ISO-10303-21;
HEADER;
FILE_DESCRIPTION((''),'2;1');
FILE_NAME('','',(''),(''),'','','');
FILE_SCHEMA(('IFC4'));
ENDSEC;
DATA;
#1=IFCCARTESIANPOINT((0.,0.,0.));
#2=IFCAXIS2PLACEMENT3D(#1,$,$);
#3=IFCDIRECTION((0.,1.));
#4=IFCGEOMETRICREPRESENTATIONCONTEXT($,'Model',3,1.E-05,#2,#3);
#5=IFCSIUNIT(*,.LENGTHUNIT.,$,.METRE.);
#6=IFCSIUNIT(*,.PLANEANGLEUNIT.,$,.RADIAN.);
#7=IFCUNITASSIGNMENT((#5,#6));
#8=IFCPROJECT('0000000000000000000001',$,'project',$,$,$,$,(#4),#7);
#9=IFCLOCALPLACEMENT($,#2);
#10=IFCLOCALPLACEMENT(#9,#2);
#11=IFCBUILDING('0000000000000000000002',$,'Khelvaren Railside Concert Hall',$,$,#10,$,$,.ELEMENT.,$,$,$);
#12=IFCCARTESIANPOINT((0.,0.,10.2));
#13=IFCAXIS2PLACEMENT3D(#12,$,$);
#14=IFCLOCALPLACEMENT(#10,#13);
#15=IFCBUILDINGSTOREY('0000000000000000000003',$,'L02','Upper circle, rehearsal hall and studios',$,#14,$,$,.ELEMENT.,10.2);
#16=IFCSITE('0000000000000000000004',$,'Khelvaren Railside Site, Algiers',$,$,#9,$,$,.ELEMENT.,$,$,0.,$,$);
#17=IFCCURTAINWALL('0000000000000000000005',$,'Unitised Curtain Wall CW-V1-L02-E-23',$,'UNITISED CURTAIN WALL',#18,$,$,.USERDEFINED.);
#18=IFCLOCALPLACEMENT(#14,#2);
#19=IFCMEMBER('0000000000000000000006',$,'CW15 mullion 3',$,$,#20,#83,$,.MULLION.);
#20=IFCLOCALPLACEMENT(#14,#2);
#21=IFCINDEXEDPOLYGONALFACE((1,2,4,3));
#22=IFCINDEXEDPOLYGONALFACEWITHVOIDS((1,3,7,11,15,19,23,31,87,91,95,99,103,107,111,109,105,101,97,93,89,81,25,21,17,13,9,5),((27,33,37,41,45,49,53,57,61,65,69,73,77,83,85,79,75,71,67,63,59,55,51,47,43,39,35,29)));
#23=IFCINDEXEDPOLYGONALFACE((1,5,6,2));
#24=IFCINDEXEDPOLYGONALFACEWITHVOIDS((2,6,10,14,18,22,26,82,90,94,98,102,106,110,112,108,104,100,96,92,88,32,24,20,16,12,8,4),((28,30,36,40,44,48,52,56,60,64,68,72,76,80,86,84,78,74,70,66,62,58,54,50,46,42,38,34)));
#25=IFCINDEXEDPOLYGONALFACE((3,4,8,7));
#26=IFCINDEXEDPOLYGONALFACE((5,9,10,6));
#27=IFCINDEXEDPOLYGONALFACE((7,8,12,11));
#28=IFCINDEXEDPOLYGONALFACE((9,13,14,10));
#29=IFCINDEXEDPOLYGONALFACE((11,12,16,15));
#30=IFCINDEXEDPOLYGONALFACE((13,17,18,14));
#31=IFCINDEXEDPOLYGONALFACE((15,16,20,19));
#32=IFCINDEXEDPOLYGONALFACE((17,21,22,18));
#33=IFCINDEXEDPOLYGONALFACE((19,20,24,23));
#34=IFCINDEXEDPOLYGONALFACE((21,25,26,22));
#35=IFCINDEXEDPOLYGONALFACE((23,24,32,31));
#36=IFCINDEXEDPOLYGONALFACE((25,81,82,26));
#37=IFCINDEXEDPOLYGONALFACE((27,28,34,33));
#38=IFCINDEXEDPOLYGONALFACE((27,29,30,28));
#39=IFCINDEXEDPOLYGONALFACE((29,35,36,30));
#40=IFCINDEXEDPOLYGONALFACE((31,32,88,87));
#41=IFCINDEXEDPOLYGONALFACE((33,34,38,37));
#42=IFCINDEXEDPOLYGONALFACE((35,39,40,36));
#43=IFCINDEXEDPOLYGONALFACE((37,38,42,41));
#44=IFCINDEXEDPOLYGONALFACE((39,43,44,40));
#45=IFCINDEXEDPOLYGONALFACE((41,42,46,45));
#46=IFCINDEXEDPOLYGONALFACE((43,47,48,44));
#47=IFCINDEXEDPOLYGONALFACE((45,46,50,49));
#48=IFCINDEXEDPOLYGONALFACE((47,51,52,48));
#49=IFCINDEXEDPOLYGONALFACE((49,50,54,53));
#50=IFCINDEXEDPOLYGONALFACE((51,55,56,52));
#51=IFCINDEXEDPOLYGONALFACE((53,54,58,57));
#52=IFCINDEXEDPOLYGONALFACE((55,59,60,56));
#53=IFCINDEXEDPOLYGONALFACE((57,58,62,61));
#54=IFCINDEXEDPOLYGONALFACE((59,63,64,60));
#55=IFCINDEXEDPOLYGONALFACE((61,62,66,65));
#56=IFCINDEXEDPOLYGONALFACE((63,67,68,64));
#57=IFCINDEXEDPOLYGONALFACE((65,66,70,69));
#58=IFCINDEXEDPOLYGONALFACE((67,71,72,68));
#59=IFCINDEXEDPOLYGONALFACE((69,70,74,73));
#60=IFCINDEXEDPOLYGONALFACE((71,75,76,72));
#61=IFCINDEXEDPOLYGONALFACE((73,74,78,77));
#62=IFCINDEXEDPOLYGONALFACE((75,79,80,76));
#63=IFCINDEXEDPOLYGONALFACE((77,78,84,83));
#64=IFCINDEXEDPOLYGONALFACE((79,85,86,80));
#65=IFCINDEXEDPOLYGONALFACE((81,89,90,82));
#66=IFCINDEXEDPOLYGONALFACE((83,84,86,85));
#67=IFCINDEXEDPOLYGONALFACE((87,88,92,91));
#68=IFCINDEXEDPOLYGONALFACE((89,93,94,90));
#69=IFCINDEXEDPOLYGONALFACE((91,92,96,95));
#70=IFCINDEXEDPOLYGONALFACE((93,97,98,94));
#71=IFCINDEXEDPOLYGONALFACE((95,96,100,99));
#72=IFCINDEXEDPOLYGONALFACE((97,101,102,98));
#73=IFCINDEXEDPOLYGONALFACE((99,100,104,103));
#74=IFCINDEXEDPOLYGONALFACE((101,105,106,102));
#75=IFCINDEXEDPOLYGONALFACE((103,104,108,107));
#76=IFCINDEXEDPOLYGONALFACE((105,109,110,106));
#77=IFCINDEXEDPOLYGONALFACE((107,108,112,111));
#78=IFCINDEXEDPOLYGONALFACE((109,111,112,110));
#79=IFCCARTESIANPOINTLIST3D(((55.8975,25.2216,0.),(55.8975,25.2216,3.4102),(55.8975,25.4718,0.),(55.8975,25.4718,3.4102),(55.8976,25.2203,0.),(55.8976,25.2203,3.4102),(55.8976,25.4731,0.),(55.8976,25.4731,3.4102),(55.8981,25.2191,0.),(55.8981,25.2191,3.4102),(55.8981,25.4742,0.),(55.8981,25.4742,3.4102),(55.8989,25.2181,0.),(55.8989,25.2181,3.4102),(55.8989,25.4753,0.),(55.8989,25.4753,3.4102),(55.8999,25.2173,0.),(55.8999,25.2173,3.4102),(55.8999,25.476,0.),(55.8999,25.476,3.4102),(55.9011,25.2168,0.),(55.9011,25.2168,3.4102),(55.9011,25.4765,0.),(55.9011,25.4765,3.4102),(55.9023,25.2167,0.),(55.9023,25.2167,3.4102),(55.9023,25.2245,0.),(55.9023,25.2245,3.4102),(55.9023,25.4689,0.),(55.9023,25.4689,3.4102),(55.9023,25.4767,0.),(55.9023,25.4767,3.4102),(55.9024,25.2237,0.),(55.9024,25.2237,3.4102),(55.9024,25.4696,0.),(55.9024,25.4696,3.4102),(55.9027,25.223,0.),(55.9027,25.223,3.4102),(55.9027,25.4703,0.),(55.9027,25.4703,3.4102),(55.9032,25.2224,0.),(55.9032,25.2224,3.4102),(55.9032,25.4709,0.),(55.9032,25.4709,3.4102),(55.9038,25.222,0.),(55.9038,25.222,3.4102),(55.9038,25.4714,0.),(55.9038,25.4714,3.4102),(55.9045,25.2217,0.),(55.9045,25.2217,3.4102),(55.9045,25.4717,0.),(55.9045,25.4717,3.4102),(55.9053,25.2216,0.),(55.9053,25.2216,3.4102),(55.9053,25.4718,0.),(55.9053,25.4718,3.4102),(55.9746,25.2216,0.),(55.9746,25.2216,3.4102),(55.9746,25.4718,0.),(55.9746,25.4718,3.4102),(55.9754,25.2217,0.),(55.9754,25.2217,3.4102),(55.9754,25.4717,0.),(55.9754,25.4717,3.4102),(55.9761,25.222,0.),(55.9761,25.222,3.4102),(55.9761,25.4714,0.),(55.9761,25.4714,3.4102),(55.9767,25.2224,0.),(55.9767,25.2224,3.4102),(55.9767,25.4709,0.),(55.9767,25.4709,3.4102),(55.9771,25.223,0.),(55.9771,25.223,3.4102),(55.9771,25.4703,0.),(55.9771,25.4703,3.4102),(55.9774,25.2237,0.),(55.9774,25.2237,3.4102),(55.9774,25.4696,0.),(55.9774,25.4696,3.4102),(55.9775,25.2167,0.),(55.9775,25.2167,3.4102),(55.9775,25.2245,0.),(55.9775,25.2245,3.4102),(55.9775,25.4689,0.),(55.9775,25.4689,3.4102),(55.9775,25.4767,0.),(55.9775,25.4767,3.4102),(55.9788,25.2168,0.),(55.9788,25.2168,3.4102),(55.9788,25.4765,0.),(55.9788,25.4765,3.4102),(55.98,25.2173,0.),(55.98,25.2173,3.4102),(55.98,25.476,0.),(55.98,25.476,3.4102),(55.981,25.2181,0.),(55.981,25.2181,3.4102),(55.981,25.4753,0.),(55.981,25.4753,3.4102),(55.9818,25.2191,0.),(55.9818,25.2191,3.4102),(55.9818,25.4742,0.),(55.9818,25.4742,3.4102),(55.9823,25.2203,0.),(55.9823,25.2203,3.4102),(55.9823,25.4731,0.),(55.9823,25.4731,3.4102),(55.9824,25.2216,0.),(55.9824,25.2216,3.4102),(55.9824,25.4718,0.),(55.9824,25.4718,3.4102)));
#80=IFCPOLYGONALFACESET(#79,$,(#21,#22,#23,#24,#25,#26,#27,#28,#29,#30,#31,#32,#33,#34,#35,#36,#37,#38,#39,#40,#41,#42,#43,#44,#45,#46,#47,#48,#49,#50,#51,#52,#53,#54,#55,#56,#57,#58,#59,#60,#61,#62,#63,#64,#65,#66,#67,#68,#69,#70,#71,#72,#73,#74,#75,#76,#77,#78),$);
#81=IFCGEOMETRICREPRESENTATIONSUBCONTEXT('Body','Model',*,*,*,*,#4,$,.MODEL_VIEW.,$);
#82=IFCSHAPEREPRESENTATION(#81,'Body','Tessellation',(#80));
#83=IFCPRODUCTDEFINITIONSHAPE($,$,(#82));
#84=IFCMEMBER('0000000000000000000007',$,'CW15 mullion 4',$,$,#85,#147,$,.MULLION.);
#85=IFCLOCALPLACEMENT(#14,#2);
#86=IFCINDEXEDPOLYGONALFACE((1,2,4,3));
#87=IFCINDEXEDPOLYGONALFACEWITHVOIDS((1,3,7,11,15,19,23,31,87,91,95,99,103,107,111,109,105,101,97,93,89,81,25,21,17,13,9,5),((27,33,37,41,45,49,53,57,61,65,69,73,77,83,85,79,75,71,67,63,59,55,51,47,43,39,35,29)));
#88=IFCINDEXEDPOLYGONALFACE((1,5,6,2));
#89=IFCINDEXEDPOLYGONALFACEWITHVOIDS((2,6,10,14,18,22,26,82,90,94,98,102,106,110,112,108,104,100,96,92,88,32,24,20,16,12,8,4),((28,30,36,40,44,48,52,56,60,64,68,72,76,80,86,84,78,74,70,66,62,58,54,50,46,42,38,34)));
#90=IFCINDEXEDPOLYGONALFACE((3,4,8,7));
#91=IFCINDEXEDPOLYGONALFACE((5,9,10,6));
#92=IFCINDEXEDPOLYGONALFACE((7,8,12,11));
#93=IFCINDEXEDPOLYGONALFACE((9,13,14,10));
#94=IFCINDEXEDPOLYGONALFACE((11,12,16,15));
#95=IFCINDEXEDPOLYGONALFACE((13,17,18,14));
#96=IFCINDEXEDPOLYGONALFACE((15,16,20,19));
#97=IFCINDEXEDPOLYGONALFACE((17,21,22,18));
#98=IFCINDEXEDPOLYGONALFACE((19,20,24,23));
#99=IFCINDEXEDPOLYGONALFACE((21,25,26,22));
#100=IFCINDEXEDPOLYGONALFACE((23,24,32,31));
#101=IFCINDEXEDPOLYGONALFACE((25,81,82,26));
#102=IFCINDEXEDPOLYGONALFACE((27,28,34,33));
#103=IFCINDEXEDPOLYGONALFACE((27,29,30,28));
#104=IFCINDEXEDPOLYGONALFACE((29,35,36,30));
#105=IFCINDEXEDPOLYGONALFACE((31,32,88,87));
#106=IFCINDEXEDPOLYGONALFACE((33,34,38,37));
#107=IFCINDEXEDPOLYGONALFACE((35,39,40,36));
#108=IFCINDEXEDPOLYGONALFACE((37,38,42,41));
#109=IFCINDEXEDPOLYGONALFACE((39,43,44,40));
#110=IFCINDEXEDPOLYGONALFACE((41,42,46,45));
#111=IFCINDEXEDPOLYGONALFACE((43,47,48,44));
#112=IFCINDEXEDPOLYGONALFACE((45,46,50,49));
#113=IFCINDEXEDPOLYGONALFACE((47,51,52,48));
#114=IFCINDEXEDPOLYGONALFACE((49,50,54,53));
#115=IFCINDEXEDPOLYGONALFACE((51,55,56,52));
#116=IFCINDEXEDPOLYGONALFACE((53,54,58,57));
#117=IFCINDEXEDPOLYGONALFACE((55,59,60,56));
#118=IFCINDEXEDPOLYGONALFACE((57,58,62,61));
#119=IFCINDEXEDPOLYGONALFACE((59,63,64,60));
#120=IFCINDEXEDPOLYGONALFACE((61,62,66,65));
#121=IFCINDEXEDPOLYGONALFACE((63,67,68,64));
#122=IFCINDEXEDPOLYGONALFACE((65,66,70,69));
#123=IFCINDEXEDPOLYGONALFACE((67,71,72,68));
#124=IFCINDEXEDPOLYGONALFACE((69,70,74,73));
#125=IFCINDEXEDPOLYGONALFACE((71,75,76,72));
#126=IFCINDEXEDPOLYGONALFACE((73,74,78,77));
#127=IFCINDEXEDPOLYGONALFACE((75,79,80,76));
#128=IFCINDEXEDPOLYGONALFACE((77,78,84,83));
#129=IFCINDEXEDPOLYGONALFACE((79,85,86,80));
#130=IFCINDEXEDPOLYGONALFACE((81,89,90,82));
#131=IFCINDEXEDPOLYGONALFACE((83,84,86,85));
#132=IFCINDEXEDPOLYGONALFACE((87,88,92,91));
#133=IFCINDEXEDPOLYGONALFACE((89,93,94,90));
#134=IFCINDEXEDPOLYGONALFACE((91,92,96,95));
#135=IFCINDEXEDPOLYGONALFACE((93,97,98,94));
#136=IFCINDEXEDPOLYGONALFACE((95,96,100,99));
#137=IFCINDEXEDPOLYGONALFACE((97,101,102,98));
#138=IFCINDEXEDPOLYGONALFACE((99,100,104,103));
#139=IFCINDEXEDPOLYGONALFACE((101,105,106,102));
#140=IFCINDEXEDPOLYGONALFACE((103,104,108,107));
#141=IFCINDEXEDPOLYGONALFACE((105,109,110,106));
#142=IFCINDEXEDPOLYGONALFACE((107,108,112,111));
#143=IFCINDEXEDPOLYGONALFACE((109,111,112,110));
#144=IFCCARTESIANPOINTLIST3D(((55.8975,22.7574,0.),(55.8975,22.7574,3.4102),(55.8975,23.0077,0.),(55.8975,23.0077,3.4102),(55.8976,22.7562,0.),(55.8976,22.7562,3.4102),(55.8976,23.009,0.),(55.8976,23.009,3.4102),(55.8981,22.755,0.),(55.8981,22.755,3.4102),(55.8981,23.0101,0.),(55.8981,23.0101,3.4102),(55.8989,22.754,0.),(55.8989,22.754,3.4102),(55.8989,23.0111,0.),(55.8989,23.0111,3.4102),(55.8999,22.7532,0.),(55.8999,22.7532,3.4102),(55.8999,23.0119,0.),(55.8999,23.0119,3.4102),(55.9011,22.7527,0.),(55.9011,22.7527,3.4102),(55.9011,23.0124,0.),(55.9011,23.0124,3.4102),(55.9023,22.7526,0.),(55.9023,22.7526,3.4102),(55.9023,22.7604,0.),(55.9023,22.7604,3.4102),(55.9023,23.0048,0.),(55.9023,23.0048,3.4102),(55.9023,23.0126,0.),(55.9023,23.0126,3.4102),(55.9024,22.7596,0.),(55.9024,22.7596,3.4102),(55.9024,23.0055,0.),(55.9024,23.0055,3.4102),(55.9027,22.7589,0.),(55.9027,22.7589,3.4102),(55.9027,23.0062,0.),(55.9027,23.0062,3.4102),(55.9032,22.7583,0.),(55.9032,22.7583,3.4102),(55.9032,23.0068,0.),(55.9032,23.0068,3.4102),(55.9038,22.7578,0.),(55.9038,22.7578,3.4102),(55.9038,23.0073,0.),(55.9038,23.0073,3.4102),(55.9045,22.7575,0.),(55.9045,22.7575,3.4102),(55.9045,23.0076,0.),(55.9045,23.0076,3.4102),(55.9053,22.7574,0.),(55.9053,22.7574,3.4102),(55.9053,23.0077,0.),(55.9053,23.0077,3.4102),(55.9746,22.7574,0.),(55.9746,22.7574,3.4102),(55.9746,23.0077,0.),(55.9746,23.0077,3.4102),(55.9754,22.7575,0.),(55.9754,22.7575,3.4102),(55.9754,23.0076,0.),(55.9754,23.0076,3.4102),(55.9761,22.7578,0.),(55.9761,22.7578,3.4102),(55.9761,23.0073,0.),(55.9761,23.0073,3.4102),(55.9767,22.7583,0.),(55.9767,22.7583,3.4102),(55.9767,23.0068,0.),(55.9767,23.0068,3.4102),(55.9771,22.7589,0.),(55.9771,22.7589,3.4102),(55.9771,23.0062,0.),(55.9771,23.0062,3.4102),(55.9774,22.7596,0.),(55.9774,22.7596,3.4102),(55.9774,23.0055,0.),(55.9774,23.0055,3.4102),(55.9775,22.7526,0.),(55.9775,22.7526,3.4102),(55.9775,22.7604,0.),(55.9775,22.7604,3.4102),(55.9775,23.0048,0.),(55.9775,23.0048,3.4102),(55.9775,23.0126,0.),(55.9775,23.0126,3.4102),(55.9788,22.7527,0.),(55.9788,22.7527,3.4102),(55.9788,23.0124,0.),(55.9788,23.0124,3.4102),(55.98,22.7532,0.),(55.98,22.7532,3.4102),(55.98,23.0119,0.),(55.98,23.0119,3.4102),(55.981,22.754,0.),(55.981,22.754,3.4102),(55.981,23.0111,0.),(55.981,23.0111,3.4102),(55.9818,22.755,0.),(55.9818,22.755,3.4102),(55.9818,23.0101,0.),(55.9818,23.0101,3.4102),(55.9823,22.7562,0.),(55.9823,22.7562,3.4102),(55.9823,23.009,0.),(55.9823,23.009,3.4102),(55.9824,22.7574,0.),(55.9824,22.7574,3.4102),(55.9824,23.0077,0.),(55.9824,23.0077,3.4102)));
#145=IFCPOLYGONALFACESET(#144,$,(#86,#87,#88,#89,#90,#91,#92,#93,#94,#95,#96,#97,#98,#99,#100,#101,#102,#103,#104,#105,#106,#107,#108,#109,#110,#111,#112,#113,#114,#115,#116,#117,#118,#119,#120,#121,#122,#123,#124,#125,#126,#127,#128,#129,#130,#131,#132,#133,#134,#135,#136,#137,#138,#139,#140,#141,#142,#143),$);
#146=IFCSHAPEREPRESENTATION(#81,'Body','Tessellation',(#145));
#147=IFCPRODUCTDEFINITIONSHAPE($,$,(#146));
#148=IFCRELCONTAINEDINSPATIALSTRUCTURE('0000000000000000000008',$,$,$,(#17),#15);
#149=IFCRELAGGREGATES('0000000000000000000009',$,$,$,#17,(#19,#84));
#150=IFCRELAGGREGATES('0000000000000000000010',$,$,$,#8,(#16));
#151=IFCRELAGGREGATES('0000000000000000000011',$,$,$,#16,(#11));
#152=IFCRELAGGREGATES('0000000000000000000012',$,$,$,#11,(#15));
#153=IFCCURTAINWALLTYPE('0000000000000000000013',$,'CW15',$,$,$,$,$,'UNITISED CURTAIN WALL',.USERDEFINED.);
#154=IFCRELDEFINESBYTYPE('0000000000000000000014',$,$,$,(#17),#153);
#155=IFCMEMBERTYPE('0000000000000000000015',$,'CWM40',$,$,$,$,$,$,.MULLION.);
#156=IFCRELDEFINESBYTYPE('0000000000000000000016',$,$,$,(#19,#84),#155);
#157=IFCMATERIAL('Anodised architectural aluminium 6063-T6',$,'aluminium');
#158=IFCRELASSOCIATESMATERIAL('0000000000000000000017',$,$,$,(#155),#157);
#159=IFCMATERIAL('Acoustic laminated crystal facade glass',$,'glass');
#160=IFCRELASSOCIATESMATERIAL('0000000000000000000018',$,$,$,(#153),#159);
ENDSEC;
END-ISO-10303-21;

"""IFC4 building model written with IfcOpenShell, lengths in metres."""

from ifc_helpers import new_model, si_unit, direction, frame, origin, origin_2d, place, context, subcontext, project, spatial, hollow_rectangle, extrude, material, material_profile, profile_set, type_object, element, aggregate, save


model = new_model("IFC4")

# Units and contexts
model_context = context("Model", 3, precision=1e-05, world=origin(), true_north=direction((0.0, 1.0)))
body_context = subcontext(model_context, "Body", "Model", "MODEL_VIEW")
ifc_project = project(units=[si_unit("LENGTHUNIT", "METRE"), si_unit("PLANEANGLEUNIT", "RADIAN")], contexts=[model_context])

# Site, building, storey
site_placement = place(None, origin())
site = spatial("IfcSite", under=ifc_project, at=site_placement, Name="Khelvaren Railside Site, Algiers", CompositionType="ELEMENT", RefElevation=0.0)
building_placement = place(site_placement, origin())
building = spatial("IfcBuilding", under=site, at=building_placement, Name="Khelvaren Railside Concert Hall", CompositionType="ELEMENT")
storey_placement = place(building_placement, frame((0.0, 0.0, 10.2)))
storey = spatial("IfcBuildingStorey", under=building, at=storey_placement, Name="L02", Description="Upper circle, rehearsal hall and studios", CompositionType="ELEMENT", Elevation=10.2)

# Shared definitions
ifc_material_1 = material(Name="Acoustic laminated crystal facade glass", Category="glass")
ifc_material_2 = material(Name="Anodised architectural aluminium 6063-T6", Category="aluminium")
ifc_material_profile_1 = material_profile(ifc_material_2, hollow_rectangle(XDim=0.085, YDim=0.26, WallThickness=0.0049, InnerFilletRadius=0.0029, OuterFilletRadius=0.0049, at=origin_2d()), Name="CWM 85x260x5")
ifc_profile_set_1 = profile_set([ifc_material_profile_1], Name="Anodised architectural aluminium 6063-T6")
member_type_1 = type_object("IfcMemberType", Name="CWM40", PredefinedType="MULLION", material=ifc_profile_set_1)

# Curtain wall, members
curtain_wall_type_1 = type_object("IfcCurtainWallType", Name="CW15", ElementType="UNITISED CURTAIN WALL", PredefinedType="USERDEFINED", material=ifc_material_1)
curtain_wall_1_placement = place(storey_placement, origin())
curtain_wall_1 = element("IfcCurtainWall", 1, at=curtain_wall_1_placement, inside=storey, type_object=curtain_wall_type_1, Name="Unitised Curtain Wall CW-V1-L02-E-23", ObjectType="UNITISED CURTAIN WALL", PredefinedType="USERDEFINED")
member_1_placement = place(storey_placement, frame((55.9399, 25.3467, 0.0), z_axis=(0.0, 0.0, 1.0), x_axis=(1.0, 0.0, 0.0)))
member_1 = element("IfcMember", 2, at=member_1_placement, type_object=member_type_1, Name="CW15 mullion 3", PredefinedType="MULLION", context=body_context, shape_type="SweptSolid", body=[
    extrude(hollow_rectangle(XDim=0.085, YDim=0.26, WallThickness=0.0049, InnerFilletRadius=0.0029, OuterFilletRadius=0.0049, at=origin_2d()), origin(), (0.0, 0.0, 1.0), 3.4102),
])
member_2_placement = place(storey_placement, frame((55.9399, 22.8826, 0.0), z_axis=(0.0, 0.0, 1.0), x_axis=(1.0, 0.0, 0.0)))
member_2 = element("IfcMember", 3, at=member_2_placement, type_object=member_type_1, Name="CW15 mullion 4", PredefinedType="MULLION", context=body_context, shape_type="SweptSolid", body=[
    extrude(hollow_rectangle(XDim=0.085, YDim=0.26, WallThickness=0.0049, InnerFilletRadius=0.0029, OuterFilletRadius=0.0049, at=origin_2d()), origin(), (0.0, 0.0, 1.0), 3.4102),
])

aggregate(curtain_wall_1, [member_1, member_2])

save(model, "model.ifc")
